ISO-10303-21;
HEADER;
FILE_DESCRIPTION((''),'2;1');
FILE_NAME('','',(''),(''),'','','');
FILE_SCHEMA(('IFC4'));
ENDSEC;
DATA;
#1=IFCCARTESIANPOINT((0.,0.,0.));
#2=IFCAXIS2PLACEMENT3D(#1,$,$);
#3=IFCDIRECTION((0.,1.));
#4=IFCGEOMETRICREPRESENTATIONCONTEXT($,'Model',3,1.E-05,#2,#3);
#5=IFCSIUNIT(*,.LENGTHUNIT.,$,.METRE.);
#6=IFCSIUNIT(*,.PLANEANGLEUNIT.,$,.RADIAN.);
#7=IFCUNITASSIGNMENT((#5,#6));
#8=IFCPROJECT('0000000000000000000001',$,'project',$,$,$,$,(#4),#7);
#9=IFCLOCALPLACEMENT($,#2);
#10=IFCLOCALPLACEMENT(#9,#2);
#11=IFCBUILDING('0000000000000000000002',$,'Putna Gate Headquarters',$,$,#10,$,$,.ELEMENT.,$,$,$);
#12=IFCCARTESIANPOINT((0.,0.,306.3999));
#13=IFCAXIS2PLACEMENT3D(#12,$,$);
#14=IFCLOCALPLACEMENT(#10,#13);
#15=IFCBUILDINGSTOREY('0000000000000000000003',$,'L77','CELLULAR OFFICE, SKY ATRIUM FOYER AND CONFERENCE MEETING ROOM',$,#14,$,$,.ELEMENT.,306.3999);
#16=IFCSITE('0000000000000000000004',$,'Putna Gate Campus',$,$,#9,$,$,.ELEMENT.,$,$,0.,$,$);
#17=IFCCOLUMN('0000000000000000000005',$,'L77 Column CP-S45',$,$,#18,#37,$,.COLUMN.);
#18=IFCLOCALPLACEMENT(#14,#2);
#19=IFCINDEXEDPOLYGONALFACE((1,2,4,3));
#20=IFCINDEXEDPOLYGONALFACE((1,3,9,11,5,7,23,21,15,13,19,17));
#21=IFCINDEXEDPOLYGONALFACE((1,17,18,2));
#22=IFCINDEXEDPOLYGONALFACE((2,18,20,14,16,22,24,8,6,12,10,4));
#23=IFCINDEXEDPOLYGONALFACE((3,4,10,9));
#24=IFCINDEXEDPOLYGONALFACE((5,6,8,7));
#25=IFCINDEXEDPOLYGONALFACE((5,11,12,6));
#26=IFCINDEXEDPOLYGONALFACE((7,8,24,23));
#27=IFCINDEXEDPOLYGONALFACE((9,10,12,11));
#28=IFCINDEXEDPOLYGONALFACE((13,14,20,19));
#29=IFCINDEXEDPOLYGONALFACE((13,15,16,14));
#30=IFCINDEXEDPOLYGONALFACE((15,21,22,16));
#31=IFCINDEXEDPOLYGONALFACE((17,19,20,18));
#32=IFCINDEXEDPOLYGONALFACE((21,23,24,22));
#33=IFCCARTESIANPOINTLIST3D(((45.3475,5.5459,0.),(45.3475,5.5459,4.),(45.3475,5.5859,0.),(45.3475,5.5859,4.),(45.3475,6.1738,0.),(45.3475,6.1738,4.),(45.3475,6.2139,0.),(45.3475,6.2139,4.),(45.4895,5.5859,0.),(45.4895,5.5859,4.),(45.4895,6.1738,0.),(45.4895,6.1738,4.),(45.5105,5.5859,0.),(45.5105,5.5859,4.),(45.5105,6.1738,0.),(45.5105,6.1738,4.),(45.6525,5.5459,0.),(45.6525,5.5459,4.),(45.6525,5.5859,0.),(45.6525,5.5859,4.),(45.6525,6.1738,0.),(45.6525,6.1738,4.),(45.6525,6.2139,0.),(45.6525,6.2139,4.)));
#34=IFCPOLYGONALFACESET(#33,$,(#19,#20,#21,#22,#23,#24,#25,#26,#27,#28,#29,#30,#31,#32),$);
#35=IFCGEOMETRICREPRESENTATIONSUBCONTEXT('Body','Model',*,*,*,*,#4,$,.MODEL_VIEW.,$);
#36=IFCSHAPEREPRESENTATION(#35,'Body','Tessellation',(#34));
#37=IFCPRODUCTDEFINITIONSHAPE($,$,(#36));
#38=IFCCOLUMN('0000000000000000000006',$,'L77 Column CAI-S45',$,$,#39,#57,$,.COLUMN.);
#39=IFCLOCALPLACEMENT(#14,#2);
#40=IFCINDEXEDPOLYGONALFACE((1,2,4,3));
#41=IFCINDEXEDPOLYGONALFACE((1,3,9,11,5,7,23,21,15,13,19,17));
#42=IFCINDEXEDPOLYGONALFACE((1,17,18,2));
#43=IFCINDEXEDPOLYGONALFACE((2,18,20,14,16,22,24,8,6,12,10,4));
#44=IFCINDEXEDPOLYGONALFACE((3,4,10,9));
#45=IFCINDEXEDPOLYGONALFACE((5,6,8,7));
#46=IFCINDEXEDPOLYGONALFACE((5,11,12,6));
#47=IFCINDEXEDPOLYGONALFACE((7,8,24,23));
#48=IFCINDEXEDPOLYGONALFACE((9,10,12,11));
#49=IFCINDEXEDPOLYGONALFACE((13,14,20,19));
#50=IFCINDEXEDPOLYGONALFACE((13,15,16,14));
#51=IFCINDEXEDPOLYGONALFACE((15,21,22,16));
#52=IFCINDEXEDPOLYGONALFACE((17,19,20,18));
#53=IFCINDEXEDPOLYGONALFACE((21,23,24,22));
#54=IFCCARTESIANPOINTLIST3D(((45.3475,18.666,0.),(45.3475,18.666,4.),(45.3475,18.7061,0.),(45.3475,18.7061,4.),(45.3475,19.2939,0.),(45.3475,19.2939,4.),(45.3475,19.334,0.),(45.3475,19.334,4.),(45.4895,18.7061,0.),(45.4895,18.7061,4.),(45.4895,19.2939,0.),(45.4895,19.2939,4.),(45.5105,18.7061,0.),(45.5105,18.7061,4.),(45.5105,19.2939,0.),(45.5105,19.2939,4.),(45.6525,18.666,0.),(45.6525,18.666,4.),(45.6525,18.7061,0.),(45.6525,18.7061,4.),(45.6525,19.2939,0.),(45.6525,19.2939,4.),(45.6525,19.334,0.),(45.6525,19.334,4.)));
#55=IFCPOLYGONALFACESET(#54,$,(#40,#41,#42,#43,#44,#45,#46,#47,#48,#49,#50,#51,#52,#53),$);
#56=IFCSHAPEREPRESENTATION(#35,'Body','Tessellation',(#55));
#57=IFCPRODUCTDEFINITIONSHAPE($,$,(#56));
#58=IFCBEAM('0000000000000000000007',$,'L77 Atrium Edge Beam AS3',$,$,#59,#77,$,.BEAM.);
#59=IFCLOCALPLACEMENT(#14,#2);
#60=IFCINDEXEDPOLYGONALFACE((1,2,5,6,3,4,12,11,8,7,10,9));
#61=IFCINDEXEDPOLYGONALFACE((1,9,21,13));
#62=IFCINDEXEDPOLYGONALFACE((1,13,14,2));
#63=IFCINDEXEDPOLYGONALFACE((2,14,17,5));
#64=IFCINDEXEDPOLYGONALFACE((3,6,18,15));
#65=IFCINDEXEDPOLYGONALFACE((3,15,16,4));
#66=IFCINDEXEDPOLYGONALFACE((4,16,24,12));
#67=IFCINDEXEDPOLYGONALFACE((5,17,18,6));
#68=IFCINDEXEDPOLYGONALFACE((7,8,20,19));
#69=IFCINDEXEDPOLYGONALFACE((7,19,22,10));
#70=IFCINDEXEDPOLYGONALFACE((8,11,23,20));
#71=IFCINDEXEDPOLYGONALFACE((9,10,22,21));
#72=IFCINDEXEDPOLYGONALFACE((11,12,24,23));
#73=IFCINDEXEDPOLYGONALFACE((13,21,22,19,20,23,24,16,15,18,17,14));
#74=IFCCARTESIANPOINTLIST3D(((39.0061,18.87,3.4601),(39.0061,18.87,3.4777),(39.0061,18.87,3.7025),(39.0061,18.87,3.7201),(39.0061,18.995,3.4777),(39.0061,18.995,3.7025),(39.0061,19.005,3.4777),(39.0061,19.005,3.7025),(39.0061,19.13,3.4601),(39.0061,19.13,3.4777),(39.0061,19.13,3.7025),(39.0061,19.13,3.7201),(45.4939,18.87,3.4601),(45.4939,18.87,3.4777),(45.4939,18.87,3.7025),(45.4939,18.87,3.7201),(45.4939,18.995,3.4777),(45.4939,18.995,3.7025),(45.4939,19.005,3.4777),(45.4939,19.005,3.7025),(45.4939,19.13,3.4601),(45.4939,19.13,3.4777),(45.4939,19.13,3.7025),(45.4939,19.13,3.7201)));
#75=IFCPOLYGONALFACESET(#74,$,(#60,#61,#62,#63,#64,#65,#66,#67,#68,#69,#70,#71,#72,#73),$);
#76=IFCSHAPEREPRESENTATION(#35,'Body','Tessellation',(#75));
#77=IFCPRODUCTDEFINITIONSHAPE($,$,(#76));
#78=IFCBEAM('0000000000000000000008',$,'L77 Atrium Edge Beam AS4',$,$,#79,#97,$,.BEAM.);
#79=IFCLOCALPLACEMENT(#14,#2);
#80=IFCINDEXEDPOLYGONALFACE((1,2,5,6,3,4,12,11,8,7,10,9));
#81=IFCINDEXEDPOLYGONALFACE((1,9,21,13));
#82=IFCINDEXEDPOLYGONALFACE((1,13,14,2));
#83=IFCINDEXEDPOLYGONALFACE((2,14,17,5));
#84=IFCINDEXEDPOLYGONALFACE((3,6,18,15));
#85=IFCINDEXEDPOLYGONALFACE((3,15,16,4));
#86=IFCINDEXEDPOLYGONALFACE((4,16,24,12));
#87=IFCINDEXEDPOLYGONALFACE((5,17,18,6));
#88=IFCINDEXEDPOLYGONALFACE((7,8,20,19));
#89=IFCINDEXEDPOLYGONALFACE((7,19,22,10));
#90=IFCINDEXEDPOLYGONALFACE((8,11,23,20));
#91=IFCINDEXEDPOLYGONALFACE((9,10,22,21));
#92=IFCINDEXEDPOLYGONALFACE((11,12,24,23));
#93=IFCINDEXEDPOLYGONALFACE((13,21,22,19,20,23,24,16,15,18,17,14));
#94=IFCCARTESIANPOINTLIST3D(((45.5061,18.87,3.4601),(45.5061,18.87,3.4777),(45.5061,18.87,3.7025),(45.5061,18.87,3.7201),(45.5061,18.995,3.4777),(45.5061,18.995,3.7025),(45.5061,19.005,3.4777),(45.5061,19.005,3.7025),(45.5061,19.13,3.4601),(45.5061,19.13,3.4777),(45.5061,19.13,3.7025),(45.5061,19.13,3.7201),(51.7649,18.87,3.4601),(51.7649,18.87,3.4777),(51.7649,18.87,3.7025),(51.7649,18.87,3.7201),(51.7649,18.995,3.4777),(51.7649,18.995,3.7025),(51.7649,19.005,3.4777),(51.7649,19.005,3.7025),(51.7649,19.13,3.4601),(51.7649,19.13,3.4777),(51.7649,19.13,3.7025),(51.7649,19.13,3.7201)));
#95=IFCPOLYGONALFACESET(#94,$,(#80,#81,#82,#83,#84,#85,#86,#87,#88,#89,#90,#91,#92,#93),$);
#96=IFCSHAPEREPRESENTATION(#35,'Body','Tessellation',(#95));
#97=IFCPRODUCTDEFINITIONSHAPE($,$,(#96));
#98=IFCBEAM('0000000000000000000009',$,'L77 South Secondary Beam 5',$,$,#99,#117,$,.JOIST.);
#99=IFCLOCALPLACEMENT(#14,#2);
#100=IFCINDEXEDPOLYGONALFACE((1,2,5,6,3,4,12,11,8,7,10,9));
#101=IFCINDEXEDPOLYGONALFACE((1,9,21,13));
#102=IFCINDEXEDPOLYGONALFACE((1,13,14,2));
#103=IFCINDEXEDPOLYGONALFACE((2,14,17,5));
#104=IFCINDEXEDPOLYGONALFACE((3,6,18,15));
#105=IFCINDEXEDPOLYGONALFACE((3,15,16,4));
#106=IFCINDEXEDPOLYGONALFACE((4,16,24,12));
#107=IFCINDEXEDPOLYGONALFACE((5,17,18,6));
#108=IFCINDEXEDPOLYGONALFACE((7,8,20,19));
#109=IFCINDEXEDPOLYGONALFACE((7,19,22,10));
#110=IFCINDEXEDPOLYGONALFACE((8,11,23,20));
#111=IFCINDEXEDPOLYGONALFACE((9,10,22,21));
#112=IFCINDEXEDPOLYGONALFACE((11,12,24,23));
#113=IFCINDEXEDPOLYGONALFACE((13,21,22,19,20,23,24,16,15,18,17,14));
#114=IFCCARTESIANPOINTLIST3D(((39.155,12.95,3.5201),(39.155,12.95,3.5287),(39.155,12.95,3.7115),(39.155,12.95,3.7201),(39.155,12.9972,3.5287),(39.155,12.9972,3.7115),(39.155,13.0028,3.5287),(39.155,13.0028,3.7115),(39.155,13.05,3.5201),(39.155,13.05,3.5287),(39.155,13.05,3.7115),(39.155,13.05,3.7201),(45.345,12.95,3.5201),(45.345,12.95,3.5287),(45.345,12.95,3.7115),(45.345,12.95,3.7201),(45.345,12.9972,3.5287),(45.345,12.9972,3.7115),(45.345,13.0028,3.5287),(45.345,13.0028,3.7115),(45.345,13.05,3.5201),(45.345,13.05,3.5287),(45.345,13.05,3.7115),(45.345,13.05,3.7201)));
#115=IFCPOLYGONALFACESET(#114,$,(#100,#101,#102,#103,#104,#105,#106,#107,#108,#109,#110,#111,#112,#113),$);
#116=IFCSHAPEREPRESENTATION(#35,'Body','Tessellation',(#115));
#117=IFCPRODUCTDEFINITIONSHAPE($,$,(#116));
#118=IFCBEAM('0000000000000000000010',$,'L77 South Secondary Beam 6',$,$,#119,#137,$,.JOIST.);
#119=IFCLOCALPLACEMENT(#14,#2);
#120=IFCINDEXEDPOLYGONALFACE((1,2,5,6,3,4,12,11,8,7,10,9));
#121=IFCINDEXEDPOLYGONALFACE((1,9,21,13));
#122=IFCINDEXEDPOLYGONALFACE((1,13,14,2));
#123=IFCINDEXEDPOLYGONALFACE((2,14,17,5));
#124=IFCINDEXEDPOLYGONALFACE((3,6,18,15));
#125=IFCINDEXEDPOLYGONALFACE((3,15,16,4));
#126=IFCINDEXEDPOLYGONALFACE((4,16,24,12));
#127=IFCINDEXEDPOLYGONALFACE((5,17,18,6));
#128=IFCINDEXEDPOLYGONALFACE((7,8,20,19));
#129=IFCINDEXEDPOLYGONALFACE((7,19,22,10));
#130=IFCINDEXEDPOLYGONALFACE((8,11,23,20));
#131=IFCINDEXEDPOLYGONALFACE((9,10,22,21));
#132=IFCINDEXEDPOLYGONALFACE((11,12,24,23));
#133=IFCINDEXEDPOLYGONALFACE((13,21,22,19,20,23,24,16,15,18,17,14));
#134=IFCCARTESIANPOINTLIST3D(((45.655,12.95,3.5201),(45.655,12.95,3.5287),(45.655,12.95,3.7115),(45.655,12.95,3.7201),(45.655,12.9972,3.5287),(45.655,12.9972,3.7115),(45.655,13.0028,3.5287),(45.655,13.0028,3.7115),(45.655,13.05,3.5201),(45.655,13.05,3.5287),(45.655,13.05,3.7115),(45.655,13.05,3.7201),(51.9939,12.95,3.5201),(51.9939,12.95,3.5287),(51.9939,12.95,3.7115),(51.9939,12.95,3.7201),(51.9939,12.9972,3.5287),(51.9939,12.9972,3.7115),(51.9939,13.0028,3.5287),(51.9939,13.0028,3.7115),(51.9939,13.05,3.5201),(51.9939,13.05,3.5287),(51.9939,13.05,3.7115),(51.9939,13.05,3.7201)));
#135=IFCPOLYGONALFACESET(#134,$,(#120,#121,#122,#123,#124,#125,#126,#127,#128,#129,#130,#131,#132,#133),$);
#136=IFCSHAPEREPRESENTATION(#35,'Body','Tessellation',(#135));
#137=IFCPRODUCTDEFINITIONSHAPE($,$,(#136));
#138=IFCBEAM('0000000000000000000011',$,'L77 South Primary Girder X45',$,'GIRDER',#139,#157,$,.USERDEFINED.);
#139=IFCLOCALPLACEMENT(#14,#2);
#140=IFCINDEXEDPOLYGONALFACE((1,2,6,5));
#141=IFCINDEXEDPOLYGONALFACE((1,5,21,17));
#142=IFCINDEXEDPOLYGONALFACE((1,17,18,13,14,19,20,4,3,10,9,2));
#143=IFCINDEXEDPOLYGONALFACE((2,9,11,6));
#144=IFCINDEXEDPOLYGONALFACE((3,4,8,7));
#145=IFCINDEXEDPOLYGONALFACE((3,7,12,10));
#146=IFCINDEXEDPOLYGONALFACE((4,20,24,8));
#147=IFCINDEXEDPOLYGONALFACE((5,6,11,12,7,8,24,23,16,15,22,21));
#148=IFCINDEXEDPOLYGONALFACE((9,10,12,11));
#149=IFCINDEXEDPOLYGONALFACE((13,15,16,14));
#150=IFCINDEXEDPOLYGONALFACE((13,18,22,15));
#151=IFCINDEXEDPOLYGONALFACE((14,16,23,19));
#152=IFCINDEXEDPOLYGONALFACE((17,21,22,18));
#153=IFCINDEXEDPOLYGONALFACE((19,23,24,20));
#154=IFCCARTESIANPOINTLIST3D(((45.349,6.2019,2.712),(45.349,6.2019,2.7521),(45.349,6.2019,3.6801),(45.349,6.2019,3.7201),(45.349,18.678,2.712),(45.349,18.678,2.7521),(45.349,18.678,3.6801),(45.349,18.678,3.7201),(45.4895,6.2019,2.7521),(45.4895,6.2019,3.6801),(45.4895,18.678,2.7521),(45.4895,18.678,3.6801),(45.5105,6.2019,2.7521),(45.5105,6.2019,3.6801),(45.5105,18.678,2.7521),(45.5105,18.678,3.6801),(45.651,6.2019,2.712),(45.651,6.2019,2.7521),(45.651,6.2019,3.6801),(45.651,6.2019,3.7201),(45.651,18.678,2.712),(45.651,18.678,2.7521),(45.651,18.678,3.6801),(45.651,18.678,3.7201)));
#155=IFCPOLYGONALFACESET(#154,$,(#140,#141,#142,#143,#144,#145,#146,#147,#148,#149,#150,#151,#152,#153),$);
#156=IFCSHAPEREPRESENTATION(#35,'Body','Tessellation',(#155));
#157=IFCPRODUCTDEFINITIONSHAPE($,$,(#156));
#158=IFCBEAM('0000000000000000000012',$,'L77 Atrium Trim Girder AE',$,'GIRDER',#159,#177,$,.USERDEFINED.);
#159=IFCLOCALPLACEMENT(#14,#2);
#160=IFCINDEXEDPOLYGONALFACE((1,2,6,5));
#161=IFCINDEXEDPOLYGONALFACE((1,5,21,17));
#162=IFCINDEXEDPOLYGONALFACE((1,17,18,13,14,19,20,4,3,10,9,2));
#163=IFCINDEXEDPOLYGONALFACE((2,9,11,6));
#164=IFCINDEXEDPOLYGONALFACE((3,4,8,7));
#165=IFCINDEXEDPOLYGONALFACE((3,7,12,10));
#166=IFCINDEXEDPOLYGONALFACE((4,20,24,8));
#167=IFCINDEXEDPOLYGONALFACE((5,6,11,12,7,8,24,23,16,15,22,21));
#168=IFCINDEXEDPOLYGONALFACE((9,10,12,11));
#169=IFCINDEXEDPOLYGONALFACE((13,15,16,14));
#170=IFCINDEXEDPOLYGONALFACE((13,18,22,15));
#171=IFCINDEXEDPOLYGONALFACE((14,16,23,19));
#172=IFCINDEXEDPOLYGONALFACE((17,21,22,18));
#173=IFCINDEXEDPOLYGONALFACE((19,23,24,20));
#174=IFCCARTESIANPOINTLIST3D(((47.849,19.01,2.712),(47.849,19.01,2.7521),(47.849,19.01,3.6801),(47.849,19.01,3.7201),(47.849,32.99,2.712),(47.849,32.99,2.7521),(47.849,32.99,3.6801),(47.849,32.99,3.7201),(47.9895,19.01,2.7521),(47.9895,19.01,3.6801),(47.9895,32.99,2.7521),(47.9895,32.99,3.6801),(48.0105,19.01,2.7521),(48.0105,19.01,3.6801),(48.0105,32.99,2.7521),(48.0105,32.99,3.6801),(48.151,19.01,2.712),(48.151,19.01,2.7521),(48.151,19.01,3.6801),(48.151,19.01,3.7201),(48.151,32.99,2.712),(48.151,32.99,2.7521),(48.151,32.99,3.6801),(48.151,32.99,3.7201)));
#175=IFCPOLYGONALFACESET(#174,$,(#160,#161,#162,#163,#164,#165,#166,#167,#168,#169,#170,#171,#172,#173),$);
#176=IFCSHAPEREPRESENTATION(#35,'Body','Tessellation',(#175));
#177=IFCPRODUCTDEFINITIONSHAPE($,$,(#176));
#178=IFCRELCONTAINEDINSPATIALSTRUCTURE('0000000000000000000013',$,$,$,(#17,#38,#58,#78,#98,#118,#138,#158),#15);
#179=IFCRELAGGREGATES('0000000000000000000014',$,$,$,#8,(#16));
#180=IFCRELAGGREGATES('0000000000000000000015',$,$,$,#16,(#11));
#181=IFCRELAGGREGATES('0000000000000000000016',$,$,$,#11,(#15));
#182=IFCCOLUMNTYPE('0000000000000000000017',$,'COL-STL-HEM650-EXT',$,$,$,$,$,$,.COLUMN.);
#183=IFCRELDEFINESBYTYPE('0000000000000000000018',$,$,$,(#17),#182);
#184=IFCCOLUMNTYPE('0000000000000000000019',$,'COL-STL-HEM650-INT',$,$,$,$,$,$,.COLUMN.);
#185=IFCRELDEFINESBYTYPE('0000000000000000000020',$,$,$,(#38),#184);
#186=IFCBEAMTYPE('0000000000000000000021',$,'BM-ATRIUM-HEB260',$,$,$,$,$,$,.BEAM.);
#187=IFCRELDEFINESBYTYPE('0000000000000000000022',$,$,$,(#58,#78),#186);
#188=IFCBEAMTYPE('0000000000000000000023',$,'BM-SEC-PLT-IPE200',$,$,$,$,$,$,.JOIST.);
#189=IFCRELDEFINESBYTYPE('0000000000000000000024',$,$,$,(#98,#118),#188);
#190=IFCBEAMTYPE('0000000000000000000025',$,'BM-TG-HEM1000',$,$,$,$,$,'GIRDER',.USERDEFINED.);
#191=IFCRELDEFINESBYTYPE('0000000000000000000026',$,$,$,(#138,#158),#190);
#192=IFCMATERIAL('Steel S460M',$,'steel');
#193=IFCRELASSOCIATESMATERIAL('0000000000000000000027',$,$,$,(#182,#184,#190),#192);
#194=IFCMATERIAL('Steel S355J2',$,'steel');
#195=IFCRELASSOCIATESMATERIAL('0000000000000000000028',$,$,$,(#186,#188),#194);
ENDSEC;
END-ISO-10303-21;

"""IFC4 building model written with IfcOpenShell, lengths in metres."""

from ifc_helpers import new_model, si_unit, direction, frame, origin, origin_2d, place, context, subcontext, project, spatial, i_section, extrude, material, material_profile, profile_set, type_object, element, save


model = new_model("IFC4")

# Units and contexts
model_context = context("Model", 3, precision=1e-05, world=origin(), true_north=direction((0.0, 1.0)))
body_context = subcontext(model_context, "Body", "Model", "MODEL_VIEW")
ifc_project = project(units=[si_unit("LENGTHUNIT", "METRE"), si_unit("PLANEANGLEUNIT", "RADIAN")], contexts=[model_context])

# Site, building, storey
site_placement = place(None, origin())
site = spatial("IfcSite", under=ifc_project, at=site_placement, Name="Putna Gate Campus", CompositionType="ELEMENT", RefElevation=0.0)
building_placement = place(site_placement, origin())
building = spatial("IfcBuilding", under=site, at=building_placement, Name="Putna Gate Headquarters", CompositionType="ELEMENT")
storey_placement = place(building_placement, frame((0.0, 0.0, 306.3999)))
storey = spatial("IfcBuildingStorey", under=building, at=storey_placement, Name="L77", Description="CELLULAR OFFICE, SKY ATRIUM FOYER AND CONFERENCE MEETING ROOM", CompositionType="ELEMENT", Elevation=306.3999)

# Columns
ifc_material_1 = material(Name="Steel S460M", Category="steel")
ifc_material_profile_1 = material_profile(ifc_material_1, i_section(OverallWidth=0.3049, OverallDepth=0.668, WebThickness=0.021, FlangeThickness=0.04, at=origin_2d()), Name="Steel S460M")
ifc_profile_set_1 = profile_set([ifc_material_profile_1], Name="Steel S460M")
column_type_1 = type_object("IfcColumnType", Name="COL-STL-HEM650-EXT", PredefinedType="COLUMN", material=ifc_profile_set_1)
column_1_placement = place(storey_placement, frame((45.5, 5.8799, 0.0), z_axis=(0.0, 0.0, 1.0), x_axis=(1.0, 0.0, 0.0)))
element("IfcColumn", 1, at=column_1_placement, inside=storey, type_object=column_type_1, Name="L77 Column CP-S45", PredefinedType="COLUMN", context=body_context, shape_type="SweptSolid", body=[
    extrude(i_section(OverallWidth=0.3049, OverallDepth=0.668, WebThickness=0.021, FlangeThickness=0.04, at=origin_2d()), origin(), (0.0, 0.0, 1.0), 4.0),
])
ifc_material_profile_2 = material_profile(ifc_material_1, i_section(OverallWidth=0.3049, OverallDepth=0.668, WebThickness=0.021, FlangeThickness=0.04, at=origin_2d()), Name="Steel S460M")
ifc_profile_set_2 = profile_set([ifc_material_profile_2], Name="Steel S460M")
column_type_2 = type_object("IfcColumnType", Name="COL-STL-HEM650-INT", PredefinedType="COLUMN", material=ifc_profile_set_2)
column_2_placement = place(storey_placement, frame((45.5, 19.0, 0.0), z_axis=(0.0, 0.0, 1.0), x_axis=(1.0, 0.0, 0.0)))
element("IfcColumn", 2, at=column_2_placement, inside=storey, type_object=column_type_2, Name="L77 Column CAI-S45", PredefinedType="COLUMN", context=body_context, shape_type="SweptSolid", body=[
    extrude(i_section(OverallWidth=0.3049, OverallDepth=0.668, WebThickness=0.021, FlangeThickness=0.04, at=origin_2d()), origin(), (0.0, 0.0, 1.0), 4.0),
])

# Beams
ifc_material_2 = material(Name="Steel S355J2", Category="steel")
ifc_material_profile_3 = material_profile(ifc_material_2, i_section(OverallWidth=0.26, OverallDepth=0.26, WebThickness=0.01, FlangeThickness=0.0176, at=origin_2d()), Name="Steel S355J2")
ifc_profile_set_3 = profile_set([ifc_material_profile_3], Name="Steel S355J2")
beam_type_1 = type_object("IfcBeamType", Name="BM-ATRIUM-HEB260", PredefinedType="BEAM", material=ifc_profile_set_3)
beam_1_placement = place(storey_placement, frame((39.0061, 19.0, 3.5901), z_axis=(1.0, 0.0, 0.0), x_axis=(0.0, 1.0, 0.0)))
element("IfcBeam", 3, at=beam_1_placement, inside=storey, type_object=beam_type_1, Name="L77 Atrium Edge Beam AS3", PredefinedType="BEAM", context=body_context, shape_type="SweptSolid", body=[
    extrude(i_section(OverallWidth=0.26, OverallDepth=0.26, WebThickness=0.01, FlangeThickness=0.0176, at=origin_2d()), origin(), (0.0, 0.0, 1.0), 6.4878),
])
beam_2_placement = place(storey_placement, frame((45.5061, 19.0, 3.5901), z_axis=(1.0, 0.0, 0.0), x_axis=(0.0, 1.0, 0.0)))
element("IfcBeam", 4, at=beam_2_placement, inside=storey, type_object=beam_type_1, Name="L77 Atrium Edge Beam AS4", PredefinedType="BEAM", context=body_context, shape_type="SweptSolid", body=[
    extrude(i_section(OverallWidth=0.26, OverallDepth=0.26, WebThickness=0.01, FlangeThickness=0.0176, at=origin_2d()), origin(), (0.0, 0.0, 1.0), 6.2588),
])
ifc_material_profile_4 = material_profile(ifc_material_2, i_section(OverallWidth=0.1001, OverallDepth=0.2, WebThickness=0.0056, FlangeThickness=0.0085, at=origin_2d()), Name="Steel S355J2")
ifc_profile_set_4 = profile_set([ifc_material_profile_4], Name="Steel S355J2")
beam_type_2 = type_object("IfcBeamType", Name="BM-SEC-PLT-IPE200", PredefinedType="JOIST", material=ifc_profile_set_4)
beam_3_placement = place(storey_placement, frame((39.155, 13.0, 3.6201), z_axis=(1.0, 0.0, 0.0), x_axis=(0.0, 1.0, 0.0)))
element("IfcBeam", 5, at=beam_3_placement, inside=storey, type_object=beam_type_2, Name="L77 South Secondary Beam 5", PredefinedType="JOIST", context=body_context, shape_type="SweptSolid", body=[
    extrude(i_section(OverallWidth=0.1001, OverallDepth=0.2, WebThickness=0.0056, FlangeThickness=0.0085, at=origin_2d()), origin(), (0.0, 0.0, 1.0), 6.1899),
])
beam_4_placement = place(storey_placement, frame((45.655, 13.0, 3.6201), z_axis=(1.0, 0.0, 0.0), x_axis=(0.0, 1.0, 0.0)))
element("IfcBeam", 6, at=beam_4_placement, inside=storey, type_object=beam_type_2, Name="L77 South Secondary Beam 6", PredefinedType="JOIST", context=body_context, shape_type="SweptSolid", body=[
    extrude(i_section(OverallWidth=0.1001, OverallDepth=0.2, WebThickness=0.0056, FlangeThickness=0.0085, at=origin_2d()), origin(), (0.0, 0.0, 1.0), 6.3389),
])
ifc_material_profile_5 = material_profile(ifc_material_1, i_section(OverallWidth=0.302, OverallDepth=1.0081, WebThickness=0.021, FlangeThickness=0.04, at=origin_2d()), Name="Steel S460M")
ifc_profile_set_5 = profile_set([ifc_material_profile_5], Name="Steel S460M")
beam_type_3 = type_object("IfcBeamType", Name="BM-TG-HEM1000", ElementType="GIRDER", PredefinedType="USERDEFINED", material=ifc_profile_set_5)
beam_5_placement = place(storey_placement, frame((45.5, 6.2019, 3.2161), z_axis=(0.0, 1.0, 0.0), x_axis=(-1.0, 0.0, 0.0)))
element("IfcBeam", 7, at=beam_5_placement, inside=storey, type_object=beam_type_3, Name="L77 South Primary Girder X45", ObjectType="GIRDER", PredefinedType="USERDEFINED", context=body_context, shape_type="SweptSolid", body=[
    extrude(i_section(OverallWidth=0.302, OverallDepth=1.0081, WebThickness=0.021, FlangeThickness=0.04, at=origin_2d()), origin(), (0.0, 0.0, 1.0), 12.4761),
])
beam_6_placement = place(storey_placement, frame((48.0, 19.01, 3.2161), z_axis=(0.0, 1.0, 0.0), x_axis=(-1.0, 0.0, 0.0)))
element("IfcBeam", 8, at=beam_6_placement, inside=storey, type_object=beam_type_3, Name="L77 Atrium Trim Girder AE", ObjectType="GIRDER", PredefinedType="USERDEFINED", context=body_context, shape_type="SweptSolid", body=[
    extrude(i_section(OverallWidth=0.302, OverallDepth=1.0081, WebThickness=0.021, FlangeThickness=0.04, at=origin_2d()), origin(), (0.0, 0.0, 1.0), 13.98),
])

save(model, "model.ifc")
